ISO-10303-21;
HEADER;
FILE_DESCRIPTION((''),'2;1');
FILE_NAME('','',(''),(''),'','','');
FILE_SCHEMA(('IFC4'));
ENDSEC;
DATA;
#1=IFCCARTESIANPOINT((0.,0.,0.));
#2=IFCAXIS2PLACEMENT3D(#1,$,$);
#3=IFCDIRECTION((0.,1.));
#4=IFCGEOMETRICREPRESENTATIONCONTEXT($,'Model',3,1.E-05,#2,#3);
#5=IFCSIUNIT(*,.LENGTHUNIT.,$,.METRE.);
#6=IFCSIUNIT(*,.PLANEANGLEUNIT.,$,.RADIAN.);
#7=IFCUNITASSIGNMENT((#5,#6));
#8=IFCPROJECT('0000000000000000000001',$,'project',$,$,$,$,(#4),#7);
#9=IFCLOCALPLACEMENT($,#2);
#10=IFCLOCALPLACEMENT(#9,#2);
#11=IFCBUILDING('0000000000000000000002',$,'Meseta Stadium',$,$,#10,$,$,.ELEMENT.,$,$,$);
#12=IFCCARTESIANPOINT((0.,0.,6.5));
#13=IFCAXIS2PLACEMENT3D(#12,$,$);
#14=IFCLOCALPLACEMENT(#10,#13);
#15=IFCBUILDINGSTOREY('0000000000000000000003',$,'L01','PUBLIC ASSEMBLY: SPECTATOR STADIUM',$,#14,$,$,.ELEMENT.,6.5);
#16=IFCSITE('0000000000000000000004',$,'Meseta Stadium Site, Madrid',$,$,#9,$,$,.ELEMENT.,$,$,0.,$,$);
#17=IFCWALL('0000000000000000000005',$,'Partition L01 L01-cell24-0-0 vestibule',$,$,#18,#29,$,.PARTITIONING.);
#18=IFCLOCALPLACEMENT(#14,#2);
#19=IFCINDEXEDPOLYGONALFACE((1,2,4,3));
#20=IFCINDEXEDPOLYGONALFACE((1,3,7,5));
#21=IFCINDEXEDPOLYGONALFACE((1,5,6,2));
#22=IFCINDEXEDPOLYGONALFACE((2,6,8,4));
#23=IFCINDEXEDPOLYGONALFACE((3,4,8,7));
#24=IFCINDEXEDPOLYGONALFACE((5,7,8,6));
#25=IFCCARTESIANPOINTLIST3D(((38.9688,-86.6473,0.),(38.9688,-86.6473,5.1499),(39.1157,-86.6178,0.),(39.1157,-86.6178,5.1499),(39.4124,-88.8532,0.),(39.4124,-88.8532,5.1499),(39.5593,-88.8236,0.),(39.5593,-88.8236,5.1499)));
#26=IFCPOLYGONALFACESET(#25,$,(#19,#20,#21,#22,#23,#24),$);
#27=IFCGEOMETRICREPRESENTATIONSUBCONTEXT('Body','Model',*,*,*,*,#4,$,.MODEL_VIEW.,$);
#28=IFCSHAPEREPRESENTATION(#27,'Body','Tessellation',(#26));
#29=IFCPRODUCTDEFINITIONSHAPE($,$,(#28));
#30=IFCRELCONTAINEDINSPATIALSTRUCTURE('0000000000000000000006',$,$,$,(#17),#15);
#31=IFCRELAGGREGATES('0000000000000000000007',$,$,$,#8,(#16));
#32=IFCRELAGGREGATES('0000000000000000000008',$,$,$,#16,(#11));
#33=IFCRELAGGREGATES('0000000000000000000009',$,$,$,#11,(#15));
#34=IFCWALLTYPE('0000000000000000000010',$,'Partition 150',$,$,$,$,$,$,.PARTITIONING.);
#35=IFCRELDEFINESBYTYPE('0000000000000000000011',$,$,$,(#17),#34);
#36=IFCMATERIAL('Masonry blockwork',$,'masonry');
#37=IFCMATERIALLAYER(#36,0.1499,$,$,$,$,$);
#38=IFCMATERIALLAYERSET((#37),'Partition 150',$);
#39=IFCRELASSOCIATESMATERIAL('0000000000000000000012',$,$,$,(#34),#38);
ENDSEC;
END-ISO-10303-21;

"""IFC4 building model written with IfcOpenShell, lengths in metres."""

from ifc_helpers import new_model, si_unit, direction, frame, frame_2d, origin, place, context, subcontext, project, spatial, rectangle, extrude, material, layer, layer_set, type_object, element, save


model = new_model("IFC4")

# Units and contexts
model_context = context("Model", 3, precision=1e-05, world=origin(), true_north=direction((0.0, 1.0)))
body_context = subcontext(model_context, "Body", "Model", "MODEL_VIEW")
ifc_project = project(units=[si_unit("LENGTHUNIT", "METRE"), si_unit("PLANEANGLEUNIT", "RADIAN")], contexts=[model_context])

# Site, building, storey
site_placement = place(None, origin())
site = spatial("IfcSite", under=ifc_project, at=site_placement, Name="Meseta Stadium Site, Madrid", CompositionType="ELEMENT", RefElevation=0.0)
building_placement = place(site_placement, origin())
building = spatial("IfcBuilding", under=site, at=building_placement, Name="Meseta Stadium", CompositionType="ELEMENT")
storey_placement = place(building_placement, frame((0.0, 0.0, 6.5)))
storey = spatial("IfcBuildingStorey", under=building, at=storey_placement, Name="L01", Description="PUBLIC ASSEMBLY: SPECTATOR STADIUM", CompositionType="ELEMENT", Elevation=6.5)

# Shared definitions
ifc_material_1 = material(Name="Masonry blockwork", Category="masonry")
ifc_layer_1 = layer(ifc_material_1, 0.1499)
ifc_layer_set_1 = layer_set([ifc_layer_1], Name="Partition 150")
wall_type_1 = type_object("IfcWallType", Name="Partition 150", PredefinedType="PARTITIONING", material=ifc_layer_set_1)

# Wall
wall_1_placement = place(storey_placement, frame((39.0422, -86.6326, 0.0), z_axis=(0.0, 0.0, 1.0), x_axis=(0.197159, -0.980371, 0.0)))
element("IfcWall", 1, at=wall_1_placement, inside=storey, type_object=wall_type_1, Name="Partition L01 L01-cell24-0-0 vestibule", PredefinedType="PARTITIONING", context=body_context, shape_type="SweptSolid", body=[
    extrude(rectangle(XDim=2.25, YDim=0.1499, at=frame_2d((1.125, 0.0))), origin(), (0.0, 0.0, 1.0), 5.1499),
])

save(model, "model.ifc")
